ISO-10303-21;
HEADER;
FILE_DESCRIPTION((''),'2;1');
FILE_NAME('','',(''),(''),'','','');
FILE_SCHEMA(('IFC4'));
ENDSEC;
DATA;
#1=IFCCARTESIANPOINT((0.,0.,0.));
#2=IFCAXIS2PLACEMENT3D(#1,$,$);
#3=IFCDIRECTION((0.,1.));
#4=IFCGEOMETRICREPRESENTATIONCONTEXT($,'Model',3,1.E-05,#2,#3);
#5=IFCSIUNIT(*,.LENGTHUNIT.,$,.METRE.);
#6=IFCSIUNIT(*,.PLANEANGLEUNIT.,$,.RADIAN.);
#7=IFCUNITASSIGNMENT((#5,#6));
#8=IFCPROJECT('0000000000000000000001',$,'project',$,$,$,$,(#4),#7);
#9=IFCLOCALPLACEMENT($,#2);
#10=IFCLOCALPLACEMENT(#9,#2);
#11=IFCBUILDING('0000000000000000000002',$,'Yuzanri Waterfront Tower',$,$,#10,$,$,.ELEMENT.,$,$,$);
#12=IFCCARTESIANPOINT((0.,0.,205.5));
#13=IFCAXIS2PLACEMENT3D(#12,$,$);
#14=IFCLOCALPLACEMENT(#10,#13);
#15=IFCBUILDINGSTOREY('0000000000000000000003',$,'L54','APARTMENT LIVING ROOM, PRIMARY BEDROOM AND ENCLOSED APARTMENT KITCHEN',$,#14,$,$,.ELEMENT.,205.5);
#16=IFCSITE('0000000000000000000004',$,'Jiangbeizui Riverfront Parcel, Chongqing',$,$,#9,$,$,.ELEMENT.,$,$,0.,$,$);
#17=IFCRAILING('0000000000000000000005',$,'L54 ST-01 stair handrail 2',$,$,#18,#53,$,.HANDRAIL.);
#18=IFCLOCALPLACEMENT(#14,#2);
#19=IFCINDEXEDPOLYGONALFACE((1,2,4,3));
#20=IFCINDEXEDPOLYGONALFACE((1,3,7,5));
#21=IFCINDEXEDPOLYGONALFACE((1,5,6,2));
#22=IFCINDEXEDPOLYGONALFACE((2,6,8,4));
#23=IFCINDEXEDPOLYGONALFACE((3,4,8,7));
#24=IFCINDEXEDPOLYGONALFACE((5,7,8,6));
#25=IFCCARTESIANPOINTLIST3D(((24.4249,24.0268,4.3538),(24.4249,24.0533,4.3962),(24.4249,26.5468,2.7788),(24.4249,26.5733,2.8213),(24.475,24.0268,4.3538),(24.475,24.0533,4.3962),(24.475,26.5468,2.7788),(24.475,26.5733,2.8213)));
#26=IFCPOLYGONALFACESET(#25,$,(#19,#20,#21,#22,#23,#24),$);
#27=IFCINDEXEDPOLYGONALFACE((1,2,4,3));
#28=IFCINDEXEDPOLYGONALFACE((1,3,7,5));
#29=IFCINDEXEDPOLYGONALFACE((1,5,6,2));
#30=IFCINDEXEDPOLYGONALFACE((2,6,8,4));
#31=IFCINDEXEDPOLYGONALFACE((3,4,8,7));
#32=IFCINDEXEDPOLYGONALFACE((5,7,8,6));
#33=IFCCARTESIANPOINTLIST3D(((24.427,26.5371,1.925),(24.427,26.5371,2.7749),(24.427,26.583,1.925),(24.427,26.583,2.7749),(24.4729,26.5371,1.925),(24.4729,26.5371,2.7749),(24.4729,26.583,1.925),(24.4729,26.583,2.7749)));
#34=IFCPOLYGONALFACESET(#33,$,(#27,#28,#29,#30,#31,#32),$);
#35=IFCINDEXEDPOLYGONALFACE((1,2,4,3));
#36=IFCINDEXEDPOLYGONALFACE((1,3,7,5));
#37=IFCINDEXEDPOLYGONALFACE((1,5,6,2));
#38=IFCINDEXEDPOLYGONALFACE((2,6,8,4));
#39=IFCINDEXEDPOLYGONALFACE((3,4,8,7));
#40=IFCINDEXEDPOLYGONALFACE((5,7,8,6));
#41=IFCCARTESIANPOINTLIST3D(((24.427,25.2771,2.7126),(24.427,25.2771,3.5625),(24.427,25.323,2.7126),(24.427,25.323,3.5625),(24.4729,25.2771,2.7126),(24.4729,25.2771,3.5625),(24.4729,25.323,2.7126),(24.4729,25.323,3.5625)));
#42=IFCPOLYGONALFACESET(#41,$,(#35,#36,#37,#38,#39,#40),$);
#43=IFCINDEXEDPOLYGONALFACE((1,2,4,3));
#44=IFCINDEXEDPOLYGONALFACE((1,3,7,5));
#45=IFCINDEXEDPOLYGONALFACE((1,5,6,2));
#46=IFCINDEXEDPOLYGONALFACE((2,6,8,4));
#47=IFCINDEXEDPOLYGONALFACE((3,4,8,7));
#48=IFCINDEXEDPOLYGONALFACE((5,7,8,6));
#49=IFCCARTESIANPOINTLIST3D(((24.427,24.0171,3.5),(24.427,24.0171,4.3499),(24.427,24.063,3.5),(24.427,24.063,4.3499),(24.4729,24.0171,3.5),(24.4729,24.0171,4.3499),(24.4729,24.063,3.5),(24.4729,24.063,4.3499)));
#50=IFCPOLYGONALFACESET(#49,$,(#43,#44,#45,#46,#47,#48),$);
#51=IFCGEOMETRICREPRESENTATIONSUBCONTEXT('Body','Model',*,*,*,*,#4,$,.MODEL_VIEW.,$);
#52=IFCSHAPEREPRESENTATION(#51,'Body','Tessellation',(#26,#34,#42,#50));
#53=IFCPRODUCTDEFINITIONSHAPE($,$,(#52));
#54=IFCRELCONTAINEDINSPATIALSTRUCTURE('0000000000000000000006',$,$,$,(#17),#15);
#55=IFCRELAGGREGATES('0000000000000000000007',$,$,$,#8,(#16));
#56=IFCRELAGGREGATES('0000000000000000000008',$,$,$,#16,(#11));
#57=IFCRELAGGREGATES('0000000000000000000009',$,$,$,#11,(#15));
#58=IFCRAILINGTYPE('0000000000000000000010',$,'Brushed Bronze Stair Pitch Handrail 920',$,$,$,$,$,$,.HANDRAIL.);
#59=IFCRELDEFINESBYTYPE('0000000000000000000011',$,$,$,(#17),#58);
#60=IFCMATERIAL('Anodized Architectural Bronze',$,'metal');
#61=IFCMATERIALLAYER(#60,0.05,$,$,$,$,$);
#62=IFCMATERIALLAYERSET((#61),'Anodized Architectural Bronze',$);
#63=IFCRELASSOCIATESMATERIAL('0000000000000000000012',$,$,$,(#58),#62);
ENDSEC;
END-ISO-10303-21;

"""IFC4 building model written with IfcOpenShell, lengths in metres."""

from ifc_helpers import new_model, si_unit, direction, frame, origin, origin_2d, place, context, subcontext, project, spatial, rectangle, extrude, source, transform, mapped, material, layer, layer_set, type_object, element, save


model = new_model("IFC4")

# Units and contexts
model_context = context("Model", 3, precision=1e-05, world=origin(), true_north=direction((0.0, 1.0)))
body_context = subcontext(model_context, "Body", "Model", "MODEL_VIEW")
ifc_project = project(units=[si_unit("LENGTHUNIT", "METRE"), si_unit("PLANEANGLEUNIT", "RADIAN")], contexts=[model_context])

# Site, building, storey
site_placement = place(None, origin())
site = spatial("IfcSite", under=ifc_project, at=site_placement, Name="Jiangbeizui Riverfront Parcel, Chongqing", CompositionType="ELEMENT", RefElevation=0.0)
building_placement = place(site_placement, origin())
building = spatial("IfcBuilding", under=site, at=building_placement, Name="Yuzanri Waterfront Tower", CompositionType="ELEMENT")
storey_placement = place(building_placement, frame((0.0, 0.0, 205.5)))
storey = spatial("IfcBuildingStorey", under=building, at=storey_placement, Name="L54", Description="APARTMENT LIVING ROOM, PRIMARY BEDROOM AND ENCLOSED APARTMENT KITCHEN", CompositionType="ELEMENT", Elevation=205.5)

# Railing
ifc_material_1 = material(Name="Anodized Architectural Bronze", Category="metal")
ifc_layer_1 = layer(ifc_material_1, 0.05)
ifc_layer_set_1 = layer_set([ifc_layer_1], Name="Anodized Architectural Bronze")
railing_type_1 = type_object("IfcRailingType", Name="Brushed Bronze Stair Pitch Handrail 920", PredefinedType="HANDRAIL", material=ifc_layer_set_1)
shared_shape_1 = source(origin(), body_context, "Body", "SweptSolid", [
    extrude(rectangle(XDim=0.05, YDim=0.05, at=origin_2d()), frame((0.0, 0.0, 0.875), z_axis=(0.0, -0.848008, 0.529984), x_axis=(1.0, 0.0, 0.0)), (0.0, 0.0, 1.0), 2.9717),
    extrude(rectangle(XDim=0.0459, YDim=0.0459, at=origin_2d()), origin(), (0.0, 0.0, 1.0), 0.8499),
    extrude(rectangle(XDim=0.0459, YDim=0.0459, at=origin_2d()), frame((0.0, -1.26, 0.7876)), (0.0, 0.0, 1.0), 0.8499),
    extrude(rectangle(XDim=0.0459, YDim=0.0459, at=origin_2d()), frame((0.0, -2.52, 1.575)), (0.0, 0.0, 1.0), 0.8499),
])
railing_1_placement = place(storey_placement, frame((24.45, 26.5601, 1.925)))
element("IfcRailing", 1, at=railing_1_placement, inside=storey, type_object=railing_type_1, Name="L54 ST-01 stair handrail 2", PredefinedType="HANDRAIL", context=body_context, shape_type="MappedRepresentation", body=[
    mapped(shared_shape_1, transform((0.0, 0.0, 0.0), scale=1.0)),
])

save(model, "model.ifc")
